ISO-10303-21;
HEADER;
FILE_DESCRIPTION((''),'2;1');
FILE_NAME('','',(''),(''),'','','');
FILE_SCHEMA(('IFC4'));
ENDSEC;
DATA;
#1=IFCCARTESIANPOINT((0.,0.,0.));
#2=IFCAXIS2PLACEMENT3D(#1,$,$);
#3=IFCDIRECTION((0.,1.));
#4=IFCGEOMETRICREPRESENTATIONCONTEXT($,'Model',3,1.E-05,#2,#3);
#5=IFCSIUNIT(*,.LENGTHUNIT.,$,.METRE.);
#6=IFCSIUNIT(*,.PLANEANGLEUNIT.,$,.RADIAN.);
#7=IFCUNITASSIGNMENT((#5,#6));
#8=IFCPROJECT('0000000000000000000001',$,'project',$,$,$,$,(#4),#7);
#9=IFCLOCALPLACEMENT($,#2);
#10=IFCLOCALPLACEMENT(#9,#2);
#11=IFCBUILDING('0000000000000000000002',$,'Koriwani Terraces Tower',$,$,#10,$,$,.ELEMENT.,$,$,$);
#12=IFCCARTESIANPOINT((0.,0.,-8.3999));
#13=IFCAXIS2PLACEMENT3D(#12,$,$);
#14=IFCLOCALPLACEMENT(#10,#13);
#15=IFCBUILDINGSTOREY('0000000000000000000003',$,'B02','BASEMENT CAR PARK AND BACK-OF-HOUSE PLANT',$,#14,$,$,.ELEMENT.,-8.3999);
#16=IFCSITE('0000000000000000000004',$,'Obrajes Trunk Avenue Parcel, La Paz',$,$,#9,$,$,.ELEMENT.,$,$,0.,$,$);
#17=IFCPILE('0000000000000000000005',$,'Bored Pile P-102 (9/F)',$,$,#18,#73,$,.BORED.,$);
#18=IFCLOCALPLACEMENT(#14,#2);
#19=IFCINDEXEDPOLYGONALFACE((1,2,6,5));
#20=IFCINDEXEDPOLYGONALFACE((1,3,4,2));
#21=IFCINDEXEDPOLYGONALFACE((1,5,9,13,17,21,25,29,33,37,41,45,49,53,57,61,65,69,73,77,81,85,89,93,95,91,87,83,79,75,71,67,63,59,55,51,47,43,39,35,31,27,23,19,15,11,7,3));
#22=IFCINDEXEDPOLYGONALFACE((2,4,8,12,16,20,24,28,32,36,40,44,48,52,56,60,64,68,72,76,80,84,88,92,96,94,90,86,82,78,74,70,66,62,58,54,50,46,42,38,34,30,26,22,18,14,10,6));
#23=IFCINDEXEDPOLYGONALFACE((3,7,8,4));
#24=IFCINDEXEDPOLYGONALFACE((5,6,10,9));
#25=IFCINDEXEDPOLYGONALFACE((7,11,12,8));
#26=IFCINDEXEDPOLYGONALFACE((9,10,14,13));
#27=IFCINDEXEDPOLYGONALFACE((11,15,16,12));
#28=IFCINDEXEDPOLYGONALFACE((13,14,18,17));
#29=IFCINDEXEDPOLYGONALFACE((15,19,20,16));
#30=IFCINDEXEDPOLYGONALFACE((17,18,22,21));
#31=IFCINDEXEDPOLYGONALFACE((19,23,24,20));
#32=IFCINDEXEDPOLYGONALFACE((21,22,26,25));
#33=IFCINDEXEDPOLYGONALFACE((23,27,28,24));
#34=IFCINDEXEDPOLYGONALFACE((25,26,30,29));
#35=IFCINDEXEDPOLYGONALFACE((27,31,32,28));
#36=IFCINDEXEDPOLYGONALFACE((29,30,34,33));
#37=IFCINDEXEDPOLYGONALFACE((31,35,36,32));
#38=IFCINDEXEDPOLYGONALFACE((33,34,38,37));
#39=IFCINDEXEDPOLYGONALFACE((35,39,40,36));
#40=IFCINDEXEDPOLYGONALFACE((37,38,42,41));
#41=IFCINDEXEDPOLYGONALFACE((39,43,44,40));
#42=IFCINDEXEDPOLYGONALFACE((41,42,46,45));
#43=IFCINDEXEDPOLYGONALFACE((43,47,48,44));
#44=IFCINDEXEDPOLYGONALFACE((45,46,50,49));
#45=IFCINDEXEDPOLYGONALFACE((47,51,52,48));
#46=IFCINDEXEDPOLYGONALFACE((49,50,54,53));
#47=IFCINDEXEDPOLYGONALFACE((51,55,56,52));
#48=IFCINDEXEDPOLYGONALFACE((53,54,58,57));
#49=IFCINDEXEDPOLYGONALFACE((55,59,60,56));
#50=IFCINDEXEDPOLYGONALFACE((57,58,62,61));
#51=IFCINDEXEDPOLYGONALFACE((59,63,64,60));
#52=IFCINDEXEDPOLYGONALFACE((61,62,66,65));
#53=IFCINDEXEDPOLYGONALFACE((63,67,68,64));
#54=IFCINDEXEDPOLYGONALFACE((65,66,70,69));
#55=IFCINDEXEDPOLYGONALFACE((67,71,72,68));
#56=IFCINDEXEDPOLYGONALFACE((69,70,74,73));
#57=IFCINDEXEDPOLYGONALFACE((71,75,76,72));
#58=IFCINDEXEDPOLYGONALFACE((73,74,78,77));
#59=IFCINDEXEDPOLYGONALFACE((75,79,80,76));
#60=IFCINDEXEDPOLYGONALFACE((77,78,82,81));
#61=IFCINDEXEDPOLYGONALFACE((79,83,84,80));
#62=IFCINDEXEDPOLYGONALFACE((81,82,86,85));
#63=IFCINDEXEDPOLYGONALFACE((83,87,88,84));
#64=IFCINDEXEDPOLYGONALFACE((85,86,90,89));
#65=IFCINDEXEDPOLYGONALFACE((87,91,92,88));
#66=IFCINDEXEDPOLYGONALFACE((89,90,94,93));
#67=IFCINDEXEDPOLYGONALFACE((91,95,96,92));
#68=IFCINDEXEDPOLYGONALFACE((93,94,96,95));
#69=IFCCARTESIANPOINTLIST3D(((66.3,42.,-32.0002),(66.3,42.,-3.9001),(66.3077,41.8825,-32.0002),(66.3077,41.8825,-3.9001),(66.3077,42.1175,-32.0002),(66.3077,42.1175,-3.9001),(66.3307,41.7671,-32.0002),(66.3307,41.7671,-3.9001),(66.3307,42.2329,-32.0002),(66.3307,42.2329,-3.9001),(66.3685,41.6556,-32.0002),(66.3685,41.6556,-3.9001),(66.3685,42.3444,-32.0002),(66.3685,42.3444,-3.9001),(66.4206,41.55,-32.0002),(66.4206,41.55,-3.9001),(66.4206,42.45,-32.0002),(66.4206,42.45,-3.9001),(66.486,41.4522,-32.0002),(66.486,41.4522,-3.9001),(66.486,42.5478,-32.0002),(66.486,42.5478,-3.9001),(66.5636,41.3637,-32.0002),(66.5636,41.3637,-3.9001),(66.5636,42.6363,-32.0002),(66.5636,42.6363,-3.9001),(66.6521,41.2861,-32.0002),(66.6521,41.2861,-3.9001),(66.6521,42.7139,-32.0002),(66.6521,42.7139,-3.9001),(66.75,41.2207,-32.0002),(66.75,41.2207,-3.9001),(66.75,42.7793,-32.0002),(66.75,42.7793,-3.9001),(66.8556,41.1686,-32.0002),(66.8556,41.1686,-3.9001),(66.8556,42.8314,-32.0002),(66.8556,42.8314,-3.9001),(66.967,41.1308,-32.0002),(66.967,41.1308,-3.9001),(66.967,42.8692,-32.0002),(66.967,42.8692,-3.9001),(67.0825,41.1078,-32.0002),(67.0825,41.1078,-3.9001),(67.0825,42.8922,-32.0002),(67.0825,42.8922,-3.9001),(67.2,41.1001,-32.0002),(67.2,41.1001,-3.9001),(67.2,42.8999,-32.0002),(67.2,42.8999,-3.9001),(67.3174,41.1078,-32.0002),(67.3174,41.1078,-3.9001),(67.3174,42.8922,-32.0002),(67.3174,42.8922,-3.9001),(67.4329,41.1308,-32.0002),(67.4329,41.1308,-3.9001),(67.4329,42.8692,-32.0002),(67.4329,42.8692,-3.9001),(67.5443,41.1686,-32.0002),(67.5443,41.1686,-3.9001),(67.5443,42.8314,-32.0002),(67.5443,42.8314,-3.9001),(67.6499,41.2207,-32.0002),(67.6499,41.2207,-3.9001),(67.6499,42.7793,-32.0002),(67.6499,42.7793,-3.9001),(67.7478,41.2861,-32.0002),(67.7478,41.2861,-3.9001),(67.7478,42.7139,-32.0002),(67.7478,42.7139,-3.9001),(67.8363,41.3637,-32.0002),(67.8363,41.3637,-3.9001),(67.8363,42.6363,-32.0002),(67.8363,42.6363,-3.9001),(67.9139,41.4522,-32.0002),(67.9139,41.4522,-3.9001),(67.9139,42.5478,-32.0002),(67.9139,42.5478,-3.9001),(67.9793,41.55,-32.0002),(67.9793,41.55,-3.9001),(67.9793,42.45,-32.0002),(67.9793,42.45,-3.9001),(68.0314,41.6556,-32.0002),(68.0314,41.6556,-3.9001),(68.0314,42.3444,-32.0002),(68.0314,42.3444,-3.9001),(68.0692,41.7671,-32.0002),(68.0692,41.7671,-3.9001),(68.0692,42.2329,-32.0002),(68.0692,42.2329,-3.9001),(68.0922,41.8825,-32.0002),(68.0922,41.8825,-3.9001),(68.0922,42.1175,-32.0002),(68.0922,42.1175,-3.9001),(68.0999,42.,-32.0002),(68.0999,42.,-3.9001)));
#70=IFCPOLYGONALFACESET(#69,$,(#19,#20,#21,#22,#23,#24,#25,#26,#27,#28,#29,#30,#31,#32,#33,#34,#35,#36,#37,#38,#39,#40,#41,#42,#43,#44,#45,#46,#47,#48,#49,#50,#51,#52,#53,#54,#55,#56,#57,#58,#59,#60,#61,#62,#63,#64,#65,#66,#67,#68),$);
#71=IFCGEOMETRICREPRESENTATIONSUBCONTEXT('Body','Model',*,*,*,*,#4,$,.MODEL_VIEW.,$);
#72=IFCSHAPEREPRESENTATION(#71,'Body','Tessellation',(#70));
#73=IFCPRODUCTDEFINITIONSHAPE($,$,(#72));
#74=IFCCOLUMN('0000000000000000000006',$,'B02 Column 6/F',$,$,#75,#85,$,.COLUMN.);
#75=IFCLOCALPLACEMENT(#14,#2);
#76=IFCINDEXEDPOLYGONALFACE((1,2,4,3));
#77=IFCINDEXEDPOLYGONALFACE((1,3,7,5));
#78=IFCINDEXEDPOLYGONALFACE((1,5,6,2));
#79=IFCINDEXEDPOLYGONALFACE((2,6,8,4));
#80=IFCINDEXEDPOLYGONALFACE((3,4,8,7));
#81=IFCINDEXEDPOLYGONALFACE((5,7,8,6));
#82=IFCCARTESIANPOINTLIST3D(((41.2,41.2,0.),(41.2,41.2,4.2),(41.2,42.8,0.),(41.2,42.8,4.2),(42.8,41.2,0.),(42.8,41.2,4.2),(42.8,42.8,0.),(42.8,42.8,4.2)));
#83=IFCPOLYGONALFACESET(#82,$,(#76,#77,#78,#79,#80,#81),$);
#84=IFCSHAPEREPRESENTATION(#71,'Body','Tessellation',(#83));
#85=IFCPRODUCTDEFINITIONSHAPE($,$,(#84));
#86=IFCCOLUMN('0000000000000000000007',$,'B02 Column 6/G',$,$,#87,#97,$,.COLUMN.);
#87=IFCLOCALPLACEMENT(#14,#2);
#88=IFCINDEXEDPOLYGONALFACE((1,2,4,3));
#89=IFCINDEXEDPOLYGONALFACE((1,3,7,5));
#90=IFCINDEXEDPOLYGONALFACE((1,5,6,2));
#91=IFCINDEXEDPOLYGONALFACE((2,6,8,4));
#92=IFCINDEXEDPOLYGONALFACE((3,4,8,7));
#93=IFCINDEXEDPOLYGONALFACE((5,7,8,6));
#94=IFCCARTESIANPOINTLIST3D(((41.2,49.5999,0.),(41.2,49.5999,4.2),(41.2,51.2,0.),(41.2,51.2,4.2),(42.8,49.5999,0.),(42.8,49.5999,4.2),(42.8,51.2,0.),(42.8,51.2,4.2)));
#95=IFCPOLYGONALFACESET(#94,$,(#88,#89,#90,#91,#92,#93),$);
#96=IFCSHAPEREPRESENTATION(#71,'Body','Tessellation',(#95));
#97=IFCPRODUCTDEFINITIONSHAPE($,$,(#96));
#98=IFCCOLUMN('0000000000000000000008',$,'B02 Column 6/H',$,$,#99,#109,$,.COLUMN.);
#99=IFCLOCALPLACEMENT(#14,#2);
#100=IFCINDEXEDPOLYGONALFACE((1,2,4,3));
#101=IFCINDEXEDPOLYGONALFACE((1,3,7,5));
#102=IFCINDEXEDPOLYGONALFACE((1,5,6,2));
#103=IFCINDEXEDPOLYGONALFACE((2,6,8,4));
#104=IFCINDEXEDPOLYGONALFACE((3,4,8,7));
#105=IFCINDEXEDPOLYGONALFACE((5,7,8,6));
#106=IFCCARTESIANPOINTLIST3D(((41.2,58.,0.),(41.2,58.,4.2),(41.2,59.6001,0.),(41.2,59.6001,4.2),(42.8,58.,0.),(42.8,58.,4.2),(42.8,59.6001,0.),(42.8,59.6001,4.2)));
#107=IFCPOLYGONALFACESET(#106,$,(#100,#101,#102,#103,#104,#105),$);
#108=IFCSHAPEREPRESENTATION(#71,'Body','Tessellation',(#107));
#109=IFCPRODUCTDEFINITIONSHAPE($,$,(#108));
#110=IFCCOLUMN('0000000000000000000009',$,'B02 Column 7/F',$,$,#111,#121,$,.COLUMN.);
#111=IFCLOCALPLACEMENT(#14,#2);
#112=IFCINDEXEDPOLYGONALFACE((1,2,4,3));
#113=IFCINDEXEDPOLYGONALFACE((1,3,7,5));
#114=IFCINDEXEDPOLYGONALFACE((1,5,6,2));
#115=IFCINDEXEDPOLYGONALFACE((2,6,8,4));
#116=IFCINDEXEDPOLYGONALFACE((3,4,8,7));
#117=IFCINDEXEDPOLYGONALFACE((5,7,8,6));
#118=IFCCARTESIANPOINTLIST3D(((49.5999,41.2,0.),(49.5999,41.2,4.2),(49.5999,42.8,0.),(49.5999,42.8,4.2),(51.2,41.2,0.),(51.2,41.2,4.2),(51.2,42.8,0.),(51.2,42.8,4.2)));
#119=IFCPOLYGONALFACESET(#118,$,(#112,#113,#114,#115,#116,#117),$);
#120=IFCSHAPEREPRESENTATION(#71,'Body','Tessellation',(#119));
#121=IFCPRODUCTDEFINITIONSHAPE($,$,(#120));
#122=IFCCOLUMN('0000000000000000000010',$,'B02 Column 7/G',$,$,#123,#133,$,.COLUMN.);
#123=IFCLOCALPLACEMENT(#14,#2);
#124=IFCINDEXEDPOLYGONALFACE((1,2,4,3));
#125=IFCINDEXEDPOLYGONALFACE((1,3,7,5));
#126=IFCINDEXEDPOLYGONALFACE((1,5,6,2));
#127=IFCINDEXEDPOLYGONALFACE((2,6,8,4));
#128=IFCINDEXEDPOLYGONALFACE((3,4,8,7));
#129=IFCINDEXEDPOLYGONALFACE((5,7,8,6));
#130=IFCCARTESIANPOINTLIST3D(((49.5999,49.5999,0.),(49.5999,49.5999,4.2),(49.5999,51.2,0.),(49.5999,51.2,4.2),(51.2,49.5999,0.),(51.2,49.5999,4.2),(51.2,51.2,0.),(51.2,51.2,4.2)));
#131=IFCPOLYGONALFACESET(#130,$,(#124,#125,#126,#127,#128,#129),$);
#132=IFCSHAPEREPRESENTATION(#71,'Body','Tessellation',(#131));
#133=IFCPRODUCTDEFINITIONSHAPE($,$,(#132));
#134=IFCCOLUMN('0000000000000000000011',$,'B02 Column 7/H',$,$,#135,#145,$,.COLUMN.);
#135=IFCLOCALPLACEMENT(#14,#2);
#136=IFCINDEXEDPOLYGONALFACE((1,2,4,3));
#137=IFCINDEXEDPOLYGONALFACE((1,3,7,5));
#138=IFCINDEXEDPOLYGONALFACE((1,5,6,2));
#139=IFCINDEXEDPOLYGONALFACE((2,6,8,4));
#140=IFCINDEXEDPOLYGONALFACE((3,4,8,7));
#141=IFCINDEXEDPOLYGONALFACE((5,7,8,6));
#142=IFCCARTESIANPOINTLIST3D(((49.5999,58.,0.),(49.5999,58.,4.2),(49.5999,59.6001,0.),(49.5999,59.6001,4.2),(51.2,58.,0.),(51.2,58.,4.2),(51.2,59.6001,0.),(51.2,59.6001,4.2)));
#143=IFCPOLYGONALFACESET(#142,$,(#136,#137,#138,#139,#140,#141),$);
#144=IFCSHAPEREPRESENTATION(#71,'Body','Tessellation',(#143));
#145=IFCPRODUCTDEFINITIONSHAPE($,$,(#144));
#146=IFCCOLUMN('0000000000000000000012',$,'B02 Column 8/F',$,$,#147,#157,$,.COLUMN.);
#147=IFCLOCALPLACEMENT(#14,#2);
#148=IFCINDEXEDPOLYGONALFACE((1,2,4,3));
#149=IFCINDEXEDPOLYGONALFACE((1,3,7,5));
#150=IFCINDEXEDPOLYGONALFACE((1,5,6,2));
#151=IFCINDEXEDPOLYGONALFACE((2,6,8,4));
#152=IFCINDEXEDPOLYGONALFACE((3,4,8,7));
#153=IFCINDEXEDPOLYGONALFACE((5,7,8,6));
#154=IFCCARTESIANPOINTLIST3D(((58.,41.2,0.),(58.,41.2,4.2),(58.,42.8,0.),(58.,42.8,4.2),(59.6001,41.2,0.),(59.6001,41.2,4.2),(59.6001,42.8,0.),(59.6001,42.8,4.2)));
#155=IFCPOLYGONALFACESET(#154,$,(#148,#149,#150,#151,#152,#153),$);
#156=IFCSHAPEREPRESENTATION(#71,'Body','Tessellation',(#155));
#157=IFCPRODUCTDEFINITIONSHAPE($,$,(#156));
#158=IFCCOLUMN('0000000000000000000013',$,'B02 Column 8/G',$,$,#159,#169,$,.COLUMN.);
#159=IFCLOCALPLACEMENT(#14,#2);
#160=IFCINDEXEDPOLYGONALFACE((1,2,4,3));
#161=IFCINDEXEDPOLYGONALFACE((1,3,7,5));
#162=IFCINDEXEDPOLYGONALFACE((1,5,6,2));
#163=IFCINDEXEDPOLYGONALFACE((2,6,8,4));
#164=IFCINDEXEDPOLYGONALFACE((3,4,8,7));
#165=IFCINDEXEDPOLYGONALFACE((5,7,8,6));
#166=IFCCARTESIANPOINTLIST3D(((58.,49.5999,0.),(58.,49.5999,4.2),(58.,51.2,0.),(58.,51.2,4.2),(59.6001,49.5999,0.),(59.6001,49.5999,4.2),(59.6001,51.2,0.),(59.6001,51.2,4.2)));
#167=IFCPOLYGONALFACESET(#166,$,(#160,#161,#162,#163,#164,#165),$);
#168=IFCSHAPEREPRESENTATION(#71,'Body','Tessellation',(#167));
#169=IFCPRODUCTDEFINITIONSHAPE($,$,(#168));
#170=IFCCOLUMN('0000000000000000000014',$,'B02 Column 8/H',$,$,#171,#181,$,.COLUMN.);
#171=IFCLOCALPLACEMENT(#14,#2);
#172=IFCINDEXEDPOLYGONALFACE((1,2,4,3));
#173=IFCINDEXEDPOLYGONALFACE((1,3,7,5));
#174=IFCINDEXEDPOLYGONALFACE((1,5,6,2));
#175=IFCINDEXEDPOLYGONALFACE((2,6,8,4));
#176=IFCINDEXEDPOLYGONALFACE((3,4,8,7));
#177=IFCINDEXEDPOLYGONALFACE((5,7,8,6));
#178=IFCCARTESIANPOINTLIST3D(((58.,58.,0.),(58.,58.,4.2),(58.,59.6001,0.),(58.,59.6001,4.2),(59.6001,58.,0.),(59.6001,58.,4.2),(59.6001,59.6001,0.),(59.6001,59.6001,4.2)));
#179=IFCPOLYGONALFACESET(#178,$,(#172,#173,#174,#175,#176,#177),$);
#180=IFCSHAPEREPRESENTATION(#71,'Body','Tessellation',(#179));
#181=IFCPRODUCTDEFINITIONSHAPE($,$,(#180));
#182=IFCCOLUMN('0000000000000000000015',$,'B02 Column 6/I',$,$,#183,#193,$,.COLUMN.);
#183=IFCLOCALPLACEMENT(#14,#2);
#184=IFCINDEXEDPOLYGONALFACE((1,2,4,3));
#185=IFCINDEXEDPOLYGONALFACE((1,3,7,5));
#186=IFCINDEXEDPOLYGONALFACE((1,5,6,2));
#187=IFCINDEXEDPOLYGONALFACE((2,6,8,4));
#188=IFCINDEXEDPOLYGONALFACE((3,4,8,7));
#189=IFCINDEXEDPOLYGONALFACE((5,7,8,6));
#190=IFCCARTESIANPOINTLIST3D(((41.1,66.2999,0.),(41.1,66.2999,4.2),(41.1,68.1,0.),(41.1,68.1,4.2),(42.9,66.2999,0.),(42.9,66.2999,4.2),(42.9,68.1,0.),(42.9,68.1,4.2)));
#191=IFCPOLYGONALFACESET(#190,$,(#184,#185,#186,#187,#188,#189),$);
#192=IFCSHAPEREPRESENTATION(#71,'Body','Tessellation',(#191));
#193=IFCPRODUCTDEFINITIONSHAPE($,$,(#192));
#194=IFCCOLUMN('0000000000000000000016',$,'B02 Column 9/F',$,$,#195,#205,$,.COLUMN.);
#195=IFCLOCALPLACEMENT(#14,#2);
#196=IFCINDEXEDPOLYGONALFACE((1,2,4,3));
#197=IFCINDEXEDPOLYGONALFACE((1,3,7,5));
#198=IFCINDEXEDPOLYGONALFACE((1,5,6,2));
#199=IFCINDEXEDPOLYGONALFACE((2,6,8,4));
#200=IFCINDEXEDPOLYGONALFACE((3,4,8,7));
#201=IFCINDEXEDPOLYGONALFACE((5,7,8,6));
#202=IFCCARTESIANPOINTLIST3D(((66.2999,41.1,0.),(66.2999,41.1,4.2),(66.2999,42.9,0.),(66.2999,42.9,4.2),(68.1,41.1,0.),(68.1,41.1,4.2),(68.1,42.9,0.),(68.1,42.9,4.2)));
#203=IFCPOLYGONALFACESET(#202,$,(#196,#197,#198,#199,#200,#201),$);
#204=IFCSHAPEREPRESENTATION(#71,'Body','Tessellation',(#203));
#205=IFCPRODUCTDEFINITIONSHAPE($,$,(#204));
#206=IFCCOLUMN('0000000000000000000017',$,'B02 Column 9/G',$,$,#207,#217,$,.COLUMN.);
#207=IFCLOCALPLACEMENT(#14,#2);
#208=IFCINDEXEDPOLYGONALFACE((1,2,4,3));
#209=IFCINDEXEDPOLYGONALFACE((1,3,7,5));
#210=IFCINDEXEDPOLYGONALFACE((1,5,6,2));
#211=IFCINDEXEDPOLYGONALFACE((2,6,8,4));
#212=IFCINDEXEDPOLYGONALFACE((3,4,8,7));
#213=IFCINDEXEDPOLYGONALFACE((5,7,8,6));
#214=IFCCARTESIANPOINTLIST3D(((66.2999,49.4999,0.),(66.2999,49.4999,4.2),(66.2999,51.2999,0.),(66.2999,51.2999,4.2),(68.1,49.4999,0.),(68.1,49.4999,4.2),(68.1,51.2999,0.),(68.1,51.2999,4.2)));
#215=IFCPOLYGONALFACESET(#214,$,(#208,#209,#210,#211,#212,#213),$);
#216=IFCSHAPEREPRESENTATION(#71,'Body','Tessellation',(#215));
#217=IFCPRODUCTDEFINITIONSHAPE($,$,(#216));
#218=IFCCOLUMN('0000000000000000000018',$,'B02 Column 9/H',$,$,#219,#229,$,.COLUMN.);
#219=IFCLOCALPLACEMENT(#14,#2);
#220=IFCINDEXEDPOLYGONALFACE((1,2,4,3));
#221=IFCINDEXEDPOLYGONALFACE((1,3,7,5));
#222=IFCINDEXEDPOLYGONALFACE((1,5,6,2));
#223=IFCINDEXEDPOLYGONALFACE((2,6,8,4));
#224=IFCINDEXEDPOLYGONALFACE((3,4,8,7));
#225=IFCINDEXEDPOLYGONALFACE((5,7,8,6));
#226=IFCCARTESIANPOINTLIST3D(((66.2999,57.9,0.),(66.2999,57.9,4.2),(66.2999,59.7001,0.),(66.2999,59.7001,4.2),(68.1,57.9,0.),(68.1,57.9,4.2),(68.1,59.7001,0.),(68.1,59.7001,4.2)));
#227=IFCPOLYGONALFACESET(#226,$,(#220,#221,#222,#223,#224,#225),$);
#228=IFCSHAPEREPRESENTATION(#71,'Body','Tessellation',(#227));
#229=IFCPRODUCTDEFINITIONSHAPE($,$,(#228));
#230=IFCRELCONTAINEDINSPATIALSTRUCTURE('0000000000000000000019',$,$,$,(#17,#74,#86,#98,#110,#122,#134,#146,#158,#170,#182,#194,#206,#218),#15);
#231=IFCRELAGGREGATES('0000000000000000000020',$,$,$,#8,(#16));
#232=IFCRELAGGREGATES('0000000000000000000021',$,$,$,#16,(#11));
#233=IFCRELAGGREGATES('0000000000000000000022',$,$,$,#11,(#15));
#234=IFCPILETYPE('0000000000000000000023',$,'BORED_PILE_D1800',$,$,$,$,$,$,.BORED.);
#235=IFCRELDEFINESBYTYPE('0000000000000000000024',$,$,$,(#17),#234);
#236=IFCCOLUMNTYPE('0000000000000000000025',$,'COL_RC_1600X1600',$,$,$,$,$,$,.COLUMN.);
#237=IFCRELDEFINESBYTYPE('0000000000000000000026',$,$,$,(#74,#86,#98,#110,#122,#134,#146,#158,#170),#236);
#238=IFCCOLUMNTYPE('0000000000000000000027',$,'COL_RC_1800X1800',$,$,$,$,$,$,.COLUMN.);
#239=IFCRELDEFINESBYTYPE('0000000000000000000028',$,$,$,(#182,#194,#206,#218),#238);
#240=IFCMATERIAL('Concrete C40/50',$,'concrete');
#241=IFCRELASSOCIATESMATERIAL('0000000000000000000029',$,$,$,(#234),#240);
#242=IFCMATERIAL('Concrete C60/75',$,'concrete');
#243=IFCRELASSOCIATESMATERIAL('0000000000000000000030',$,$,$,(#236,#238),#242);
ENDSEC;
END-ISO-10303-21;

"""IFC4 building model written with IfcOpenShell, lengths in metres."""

from ifc_helpers import new_model, si_unit, direction, frame, origin, origin_2d, place, context, subcontext, project, spatial, rectangle, circle, extrude, material, material_profile, profile_set, type_object, element, save


model = new_model("IFC4")

# Units and contexts
model_context = context("Model", 3, precision=1e-05, world=origin(), true_north=direction((0.0, 1.0)))
body_context = subcontext(model_context, "Body", "Model", "MODEL_VIEW")
ifc_project = project(units=[si_unit("LENGTHUNIT", "METRE"), si_unit("PLANEANGLEUNIT", "RADIAN")], contexts=[model_context])

# Site, building, storey
site_placement = place(None, origin())
site = spatial("IfcSite", under=ifc_project, at=site_placement, Name="Obrajes Trunk Avenue Parcel, La Paz", CompositionType="ELEMENT", RefElevation=0.0)
building_placement = place(site_placement, origin())
building = spatial("IfcBuilding", under=site, at=building_placement, Name="Koriwani Terraces Tower", CompositionType="ELEMENT")
storey_placement = place(building_placement, frame((0.0, 0.0, -8.3999)))
storey = spatial("IfcBuildingStorey", under=building, at=storey_placement, Name="B02", Description="BASEMENT CAR PARK AND BACK-OF-HOUSE PLANT", CompositionType="ELEMENT", Elevation=-8.3999)

# Pile
ifc_material_1 = material(Name="Concrete C40/50", Category="concrete")
ifc_material_profile_1 = material_profile(ifc_material_1, circle(Radius=0.8999, at=origin_2d()), Name="Concrete C40/50")
ifc_profile_set_1 = profile_set([ifc_material_profile_1], Name="Concrete C40/50")
pile_type_1 = type_object("IfcPileType", Name="BORED_PILE_D1800", PredefinedType="BORED", material=ifc_profile_set_1)
for number, where, z_axis, x_axis, name in (
    (1, (67.2, 42.0, -3.9001), (0.0, 0.0, -1.0), (1.0, 0.0, 0.0), "Bored Pile P-102 (9/F)"),
):
    element("IfcPile", number, at=place(storey_placement, frame(where, z_axis=z_axis, x_axis=x_axis)), inside=storey, type_object=pile_type_1, Name=name, PredefinedType="BORED", context=body_context, shape_type="SweptSolid", body=[
        extrude(circle(Radius=0.8999, at=origin_2d()), origin(), (0.0, 0.0, 1.0), 28.1001),
    ])

# Columns
ifc_material_2 = material(Name="Concrete C60/75", Category="concrete")
ifc_material_profile_2 = material_profile(ifc_material_2, rectangle(XDim=1.6001, YDim=1.6001, at=origin_2d()), Name="Concrete C60/75", Category="LoadBearing")
ifc_profile_set_2 = profile_set([ifc_material_profile_2], Name="Concrete C60/75")
column_type_1 = type_object("IfcColumnType", Name="COL_RC_1600X1600", PredefinedType="COLUMN", material=ifc_profile_set_2)
for number, where, z_axis, x_axis, name in (
    (2, (42.0, 42.0, 0.0), (0.0, 0.0, 1.0), (1.0, 0.0, 0.0), "B02 Column 6/F"),
    (3, (42.0, 50.3999, 0.0), (0.0, 0.0, 1.0), (1.0, 0.0, 0.0), "B02 Column 6/G"),
    (4, (42.0, 58.8, 0.0), (0.0, 0.0, 1.0), (1.0, 0.0, 0.0), "B02 Column 6/H"),
    (5, (50.3999, 42.0, 0.0), (0.0, 0.0, 1.0), (1.0, 0.0, 0.0), "B02 Column 7/F"),
    (6, (50.3999, 50.3999, 0.0), (0.0, 0.0, 1.0), (1.0, 0.0, 0.0), "B02 Column 7/G"),
    (7, (50.3999, 58.8, 0.0), (0.0, 0.0, 1.0), (1.0, 0.0, 0.0), "B02 Column 7/H"),
    (8, (58.8, 42.0, 0.0), (0.0, 0.0, 1.0), (1.0, 0.0, 0.0), "B02 Column 8/F"),
    (9, (58.8, 50.3999, 0.0), (0.0, 0.0, 1.0), (1.0, 0.0, 0.0), "B02 Column 8/G"),
    (10, (58.8, 58.8, 0.0), (0.0, 0.0, 1.0), (1.0, 0.0, 0.0), "B02 Column 8/H"),
):
    element("IfcColumn", number, at=place(storey_placement, frame(where, z_axis=z_axis, x_axis=x_axis)), inside=storey, type_object=column_type_1, Name=name, PredefinedType="COLUMN", context=body_context, shape_type="SweptSolid", body=[
        extrude(rectangle(XDim=1.6001, YDim=1.6001, at=origin_2d()), origin(), (0.0, 0.0, 1.0), 4.2),
    ])
ifc_material_profile_3 = material_profile(ifc_material_2, rectangle(XDim=1.8, YDim=1.8, at=origin_2d()), Name="Concrete C60/75", Category="LoadBearing")
ifc_profile_set_3 = profile_set([ifc_material_profile_3], Name="Concrete C60/75")
column_type_2 = type_object("IfcColumnType", Name="COL_RC_1800X1800", PredefinedType="COLUMN", material=ifc_profile_set_3)
for number, where, z_axis, x_axis, name in (
    (11, (42.0, 67.2, 0.0), (0.0, 0.0, 1.0), (1.0, 0.0, 0.0), "B02 Column 6/I"),
    (12, (67.2, 42.0, 0.0), (0.0, 0.0, 1.0), (1.0, 0.0, 0.0), "B02 Column 9/F"),
    (13, (67.2, 50.3999, 0.0), (0.0, 0.0, 1.0), (1.0, 0.0, 0.0), "B02 Column 9/G"),
    (14, (67.2, 58.8, 0.0), (0.0, 0.0, 1.0), (1.0, 0.0, 0.0), "B02 Column 9/H"),
):
    element("IfcColumn", number, at=place(storey_placement, frame(where, z_axis=z_axis, x_axis=x_axis)), inside=storey, type_object=column_type_2, Name=name, PredefinedType="COLUMN", context=body_context, shape_type="SweptSolid", body=[
        extrude(rectangle(XDim=1.8, YDim=1.8, at=origin_2d()), origin(), (0.0, 0.0, 1.0), 4.2),
    ])

save(model, "model.ifc")
